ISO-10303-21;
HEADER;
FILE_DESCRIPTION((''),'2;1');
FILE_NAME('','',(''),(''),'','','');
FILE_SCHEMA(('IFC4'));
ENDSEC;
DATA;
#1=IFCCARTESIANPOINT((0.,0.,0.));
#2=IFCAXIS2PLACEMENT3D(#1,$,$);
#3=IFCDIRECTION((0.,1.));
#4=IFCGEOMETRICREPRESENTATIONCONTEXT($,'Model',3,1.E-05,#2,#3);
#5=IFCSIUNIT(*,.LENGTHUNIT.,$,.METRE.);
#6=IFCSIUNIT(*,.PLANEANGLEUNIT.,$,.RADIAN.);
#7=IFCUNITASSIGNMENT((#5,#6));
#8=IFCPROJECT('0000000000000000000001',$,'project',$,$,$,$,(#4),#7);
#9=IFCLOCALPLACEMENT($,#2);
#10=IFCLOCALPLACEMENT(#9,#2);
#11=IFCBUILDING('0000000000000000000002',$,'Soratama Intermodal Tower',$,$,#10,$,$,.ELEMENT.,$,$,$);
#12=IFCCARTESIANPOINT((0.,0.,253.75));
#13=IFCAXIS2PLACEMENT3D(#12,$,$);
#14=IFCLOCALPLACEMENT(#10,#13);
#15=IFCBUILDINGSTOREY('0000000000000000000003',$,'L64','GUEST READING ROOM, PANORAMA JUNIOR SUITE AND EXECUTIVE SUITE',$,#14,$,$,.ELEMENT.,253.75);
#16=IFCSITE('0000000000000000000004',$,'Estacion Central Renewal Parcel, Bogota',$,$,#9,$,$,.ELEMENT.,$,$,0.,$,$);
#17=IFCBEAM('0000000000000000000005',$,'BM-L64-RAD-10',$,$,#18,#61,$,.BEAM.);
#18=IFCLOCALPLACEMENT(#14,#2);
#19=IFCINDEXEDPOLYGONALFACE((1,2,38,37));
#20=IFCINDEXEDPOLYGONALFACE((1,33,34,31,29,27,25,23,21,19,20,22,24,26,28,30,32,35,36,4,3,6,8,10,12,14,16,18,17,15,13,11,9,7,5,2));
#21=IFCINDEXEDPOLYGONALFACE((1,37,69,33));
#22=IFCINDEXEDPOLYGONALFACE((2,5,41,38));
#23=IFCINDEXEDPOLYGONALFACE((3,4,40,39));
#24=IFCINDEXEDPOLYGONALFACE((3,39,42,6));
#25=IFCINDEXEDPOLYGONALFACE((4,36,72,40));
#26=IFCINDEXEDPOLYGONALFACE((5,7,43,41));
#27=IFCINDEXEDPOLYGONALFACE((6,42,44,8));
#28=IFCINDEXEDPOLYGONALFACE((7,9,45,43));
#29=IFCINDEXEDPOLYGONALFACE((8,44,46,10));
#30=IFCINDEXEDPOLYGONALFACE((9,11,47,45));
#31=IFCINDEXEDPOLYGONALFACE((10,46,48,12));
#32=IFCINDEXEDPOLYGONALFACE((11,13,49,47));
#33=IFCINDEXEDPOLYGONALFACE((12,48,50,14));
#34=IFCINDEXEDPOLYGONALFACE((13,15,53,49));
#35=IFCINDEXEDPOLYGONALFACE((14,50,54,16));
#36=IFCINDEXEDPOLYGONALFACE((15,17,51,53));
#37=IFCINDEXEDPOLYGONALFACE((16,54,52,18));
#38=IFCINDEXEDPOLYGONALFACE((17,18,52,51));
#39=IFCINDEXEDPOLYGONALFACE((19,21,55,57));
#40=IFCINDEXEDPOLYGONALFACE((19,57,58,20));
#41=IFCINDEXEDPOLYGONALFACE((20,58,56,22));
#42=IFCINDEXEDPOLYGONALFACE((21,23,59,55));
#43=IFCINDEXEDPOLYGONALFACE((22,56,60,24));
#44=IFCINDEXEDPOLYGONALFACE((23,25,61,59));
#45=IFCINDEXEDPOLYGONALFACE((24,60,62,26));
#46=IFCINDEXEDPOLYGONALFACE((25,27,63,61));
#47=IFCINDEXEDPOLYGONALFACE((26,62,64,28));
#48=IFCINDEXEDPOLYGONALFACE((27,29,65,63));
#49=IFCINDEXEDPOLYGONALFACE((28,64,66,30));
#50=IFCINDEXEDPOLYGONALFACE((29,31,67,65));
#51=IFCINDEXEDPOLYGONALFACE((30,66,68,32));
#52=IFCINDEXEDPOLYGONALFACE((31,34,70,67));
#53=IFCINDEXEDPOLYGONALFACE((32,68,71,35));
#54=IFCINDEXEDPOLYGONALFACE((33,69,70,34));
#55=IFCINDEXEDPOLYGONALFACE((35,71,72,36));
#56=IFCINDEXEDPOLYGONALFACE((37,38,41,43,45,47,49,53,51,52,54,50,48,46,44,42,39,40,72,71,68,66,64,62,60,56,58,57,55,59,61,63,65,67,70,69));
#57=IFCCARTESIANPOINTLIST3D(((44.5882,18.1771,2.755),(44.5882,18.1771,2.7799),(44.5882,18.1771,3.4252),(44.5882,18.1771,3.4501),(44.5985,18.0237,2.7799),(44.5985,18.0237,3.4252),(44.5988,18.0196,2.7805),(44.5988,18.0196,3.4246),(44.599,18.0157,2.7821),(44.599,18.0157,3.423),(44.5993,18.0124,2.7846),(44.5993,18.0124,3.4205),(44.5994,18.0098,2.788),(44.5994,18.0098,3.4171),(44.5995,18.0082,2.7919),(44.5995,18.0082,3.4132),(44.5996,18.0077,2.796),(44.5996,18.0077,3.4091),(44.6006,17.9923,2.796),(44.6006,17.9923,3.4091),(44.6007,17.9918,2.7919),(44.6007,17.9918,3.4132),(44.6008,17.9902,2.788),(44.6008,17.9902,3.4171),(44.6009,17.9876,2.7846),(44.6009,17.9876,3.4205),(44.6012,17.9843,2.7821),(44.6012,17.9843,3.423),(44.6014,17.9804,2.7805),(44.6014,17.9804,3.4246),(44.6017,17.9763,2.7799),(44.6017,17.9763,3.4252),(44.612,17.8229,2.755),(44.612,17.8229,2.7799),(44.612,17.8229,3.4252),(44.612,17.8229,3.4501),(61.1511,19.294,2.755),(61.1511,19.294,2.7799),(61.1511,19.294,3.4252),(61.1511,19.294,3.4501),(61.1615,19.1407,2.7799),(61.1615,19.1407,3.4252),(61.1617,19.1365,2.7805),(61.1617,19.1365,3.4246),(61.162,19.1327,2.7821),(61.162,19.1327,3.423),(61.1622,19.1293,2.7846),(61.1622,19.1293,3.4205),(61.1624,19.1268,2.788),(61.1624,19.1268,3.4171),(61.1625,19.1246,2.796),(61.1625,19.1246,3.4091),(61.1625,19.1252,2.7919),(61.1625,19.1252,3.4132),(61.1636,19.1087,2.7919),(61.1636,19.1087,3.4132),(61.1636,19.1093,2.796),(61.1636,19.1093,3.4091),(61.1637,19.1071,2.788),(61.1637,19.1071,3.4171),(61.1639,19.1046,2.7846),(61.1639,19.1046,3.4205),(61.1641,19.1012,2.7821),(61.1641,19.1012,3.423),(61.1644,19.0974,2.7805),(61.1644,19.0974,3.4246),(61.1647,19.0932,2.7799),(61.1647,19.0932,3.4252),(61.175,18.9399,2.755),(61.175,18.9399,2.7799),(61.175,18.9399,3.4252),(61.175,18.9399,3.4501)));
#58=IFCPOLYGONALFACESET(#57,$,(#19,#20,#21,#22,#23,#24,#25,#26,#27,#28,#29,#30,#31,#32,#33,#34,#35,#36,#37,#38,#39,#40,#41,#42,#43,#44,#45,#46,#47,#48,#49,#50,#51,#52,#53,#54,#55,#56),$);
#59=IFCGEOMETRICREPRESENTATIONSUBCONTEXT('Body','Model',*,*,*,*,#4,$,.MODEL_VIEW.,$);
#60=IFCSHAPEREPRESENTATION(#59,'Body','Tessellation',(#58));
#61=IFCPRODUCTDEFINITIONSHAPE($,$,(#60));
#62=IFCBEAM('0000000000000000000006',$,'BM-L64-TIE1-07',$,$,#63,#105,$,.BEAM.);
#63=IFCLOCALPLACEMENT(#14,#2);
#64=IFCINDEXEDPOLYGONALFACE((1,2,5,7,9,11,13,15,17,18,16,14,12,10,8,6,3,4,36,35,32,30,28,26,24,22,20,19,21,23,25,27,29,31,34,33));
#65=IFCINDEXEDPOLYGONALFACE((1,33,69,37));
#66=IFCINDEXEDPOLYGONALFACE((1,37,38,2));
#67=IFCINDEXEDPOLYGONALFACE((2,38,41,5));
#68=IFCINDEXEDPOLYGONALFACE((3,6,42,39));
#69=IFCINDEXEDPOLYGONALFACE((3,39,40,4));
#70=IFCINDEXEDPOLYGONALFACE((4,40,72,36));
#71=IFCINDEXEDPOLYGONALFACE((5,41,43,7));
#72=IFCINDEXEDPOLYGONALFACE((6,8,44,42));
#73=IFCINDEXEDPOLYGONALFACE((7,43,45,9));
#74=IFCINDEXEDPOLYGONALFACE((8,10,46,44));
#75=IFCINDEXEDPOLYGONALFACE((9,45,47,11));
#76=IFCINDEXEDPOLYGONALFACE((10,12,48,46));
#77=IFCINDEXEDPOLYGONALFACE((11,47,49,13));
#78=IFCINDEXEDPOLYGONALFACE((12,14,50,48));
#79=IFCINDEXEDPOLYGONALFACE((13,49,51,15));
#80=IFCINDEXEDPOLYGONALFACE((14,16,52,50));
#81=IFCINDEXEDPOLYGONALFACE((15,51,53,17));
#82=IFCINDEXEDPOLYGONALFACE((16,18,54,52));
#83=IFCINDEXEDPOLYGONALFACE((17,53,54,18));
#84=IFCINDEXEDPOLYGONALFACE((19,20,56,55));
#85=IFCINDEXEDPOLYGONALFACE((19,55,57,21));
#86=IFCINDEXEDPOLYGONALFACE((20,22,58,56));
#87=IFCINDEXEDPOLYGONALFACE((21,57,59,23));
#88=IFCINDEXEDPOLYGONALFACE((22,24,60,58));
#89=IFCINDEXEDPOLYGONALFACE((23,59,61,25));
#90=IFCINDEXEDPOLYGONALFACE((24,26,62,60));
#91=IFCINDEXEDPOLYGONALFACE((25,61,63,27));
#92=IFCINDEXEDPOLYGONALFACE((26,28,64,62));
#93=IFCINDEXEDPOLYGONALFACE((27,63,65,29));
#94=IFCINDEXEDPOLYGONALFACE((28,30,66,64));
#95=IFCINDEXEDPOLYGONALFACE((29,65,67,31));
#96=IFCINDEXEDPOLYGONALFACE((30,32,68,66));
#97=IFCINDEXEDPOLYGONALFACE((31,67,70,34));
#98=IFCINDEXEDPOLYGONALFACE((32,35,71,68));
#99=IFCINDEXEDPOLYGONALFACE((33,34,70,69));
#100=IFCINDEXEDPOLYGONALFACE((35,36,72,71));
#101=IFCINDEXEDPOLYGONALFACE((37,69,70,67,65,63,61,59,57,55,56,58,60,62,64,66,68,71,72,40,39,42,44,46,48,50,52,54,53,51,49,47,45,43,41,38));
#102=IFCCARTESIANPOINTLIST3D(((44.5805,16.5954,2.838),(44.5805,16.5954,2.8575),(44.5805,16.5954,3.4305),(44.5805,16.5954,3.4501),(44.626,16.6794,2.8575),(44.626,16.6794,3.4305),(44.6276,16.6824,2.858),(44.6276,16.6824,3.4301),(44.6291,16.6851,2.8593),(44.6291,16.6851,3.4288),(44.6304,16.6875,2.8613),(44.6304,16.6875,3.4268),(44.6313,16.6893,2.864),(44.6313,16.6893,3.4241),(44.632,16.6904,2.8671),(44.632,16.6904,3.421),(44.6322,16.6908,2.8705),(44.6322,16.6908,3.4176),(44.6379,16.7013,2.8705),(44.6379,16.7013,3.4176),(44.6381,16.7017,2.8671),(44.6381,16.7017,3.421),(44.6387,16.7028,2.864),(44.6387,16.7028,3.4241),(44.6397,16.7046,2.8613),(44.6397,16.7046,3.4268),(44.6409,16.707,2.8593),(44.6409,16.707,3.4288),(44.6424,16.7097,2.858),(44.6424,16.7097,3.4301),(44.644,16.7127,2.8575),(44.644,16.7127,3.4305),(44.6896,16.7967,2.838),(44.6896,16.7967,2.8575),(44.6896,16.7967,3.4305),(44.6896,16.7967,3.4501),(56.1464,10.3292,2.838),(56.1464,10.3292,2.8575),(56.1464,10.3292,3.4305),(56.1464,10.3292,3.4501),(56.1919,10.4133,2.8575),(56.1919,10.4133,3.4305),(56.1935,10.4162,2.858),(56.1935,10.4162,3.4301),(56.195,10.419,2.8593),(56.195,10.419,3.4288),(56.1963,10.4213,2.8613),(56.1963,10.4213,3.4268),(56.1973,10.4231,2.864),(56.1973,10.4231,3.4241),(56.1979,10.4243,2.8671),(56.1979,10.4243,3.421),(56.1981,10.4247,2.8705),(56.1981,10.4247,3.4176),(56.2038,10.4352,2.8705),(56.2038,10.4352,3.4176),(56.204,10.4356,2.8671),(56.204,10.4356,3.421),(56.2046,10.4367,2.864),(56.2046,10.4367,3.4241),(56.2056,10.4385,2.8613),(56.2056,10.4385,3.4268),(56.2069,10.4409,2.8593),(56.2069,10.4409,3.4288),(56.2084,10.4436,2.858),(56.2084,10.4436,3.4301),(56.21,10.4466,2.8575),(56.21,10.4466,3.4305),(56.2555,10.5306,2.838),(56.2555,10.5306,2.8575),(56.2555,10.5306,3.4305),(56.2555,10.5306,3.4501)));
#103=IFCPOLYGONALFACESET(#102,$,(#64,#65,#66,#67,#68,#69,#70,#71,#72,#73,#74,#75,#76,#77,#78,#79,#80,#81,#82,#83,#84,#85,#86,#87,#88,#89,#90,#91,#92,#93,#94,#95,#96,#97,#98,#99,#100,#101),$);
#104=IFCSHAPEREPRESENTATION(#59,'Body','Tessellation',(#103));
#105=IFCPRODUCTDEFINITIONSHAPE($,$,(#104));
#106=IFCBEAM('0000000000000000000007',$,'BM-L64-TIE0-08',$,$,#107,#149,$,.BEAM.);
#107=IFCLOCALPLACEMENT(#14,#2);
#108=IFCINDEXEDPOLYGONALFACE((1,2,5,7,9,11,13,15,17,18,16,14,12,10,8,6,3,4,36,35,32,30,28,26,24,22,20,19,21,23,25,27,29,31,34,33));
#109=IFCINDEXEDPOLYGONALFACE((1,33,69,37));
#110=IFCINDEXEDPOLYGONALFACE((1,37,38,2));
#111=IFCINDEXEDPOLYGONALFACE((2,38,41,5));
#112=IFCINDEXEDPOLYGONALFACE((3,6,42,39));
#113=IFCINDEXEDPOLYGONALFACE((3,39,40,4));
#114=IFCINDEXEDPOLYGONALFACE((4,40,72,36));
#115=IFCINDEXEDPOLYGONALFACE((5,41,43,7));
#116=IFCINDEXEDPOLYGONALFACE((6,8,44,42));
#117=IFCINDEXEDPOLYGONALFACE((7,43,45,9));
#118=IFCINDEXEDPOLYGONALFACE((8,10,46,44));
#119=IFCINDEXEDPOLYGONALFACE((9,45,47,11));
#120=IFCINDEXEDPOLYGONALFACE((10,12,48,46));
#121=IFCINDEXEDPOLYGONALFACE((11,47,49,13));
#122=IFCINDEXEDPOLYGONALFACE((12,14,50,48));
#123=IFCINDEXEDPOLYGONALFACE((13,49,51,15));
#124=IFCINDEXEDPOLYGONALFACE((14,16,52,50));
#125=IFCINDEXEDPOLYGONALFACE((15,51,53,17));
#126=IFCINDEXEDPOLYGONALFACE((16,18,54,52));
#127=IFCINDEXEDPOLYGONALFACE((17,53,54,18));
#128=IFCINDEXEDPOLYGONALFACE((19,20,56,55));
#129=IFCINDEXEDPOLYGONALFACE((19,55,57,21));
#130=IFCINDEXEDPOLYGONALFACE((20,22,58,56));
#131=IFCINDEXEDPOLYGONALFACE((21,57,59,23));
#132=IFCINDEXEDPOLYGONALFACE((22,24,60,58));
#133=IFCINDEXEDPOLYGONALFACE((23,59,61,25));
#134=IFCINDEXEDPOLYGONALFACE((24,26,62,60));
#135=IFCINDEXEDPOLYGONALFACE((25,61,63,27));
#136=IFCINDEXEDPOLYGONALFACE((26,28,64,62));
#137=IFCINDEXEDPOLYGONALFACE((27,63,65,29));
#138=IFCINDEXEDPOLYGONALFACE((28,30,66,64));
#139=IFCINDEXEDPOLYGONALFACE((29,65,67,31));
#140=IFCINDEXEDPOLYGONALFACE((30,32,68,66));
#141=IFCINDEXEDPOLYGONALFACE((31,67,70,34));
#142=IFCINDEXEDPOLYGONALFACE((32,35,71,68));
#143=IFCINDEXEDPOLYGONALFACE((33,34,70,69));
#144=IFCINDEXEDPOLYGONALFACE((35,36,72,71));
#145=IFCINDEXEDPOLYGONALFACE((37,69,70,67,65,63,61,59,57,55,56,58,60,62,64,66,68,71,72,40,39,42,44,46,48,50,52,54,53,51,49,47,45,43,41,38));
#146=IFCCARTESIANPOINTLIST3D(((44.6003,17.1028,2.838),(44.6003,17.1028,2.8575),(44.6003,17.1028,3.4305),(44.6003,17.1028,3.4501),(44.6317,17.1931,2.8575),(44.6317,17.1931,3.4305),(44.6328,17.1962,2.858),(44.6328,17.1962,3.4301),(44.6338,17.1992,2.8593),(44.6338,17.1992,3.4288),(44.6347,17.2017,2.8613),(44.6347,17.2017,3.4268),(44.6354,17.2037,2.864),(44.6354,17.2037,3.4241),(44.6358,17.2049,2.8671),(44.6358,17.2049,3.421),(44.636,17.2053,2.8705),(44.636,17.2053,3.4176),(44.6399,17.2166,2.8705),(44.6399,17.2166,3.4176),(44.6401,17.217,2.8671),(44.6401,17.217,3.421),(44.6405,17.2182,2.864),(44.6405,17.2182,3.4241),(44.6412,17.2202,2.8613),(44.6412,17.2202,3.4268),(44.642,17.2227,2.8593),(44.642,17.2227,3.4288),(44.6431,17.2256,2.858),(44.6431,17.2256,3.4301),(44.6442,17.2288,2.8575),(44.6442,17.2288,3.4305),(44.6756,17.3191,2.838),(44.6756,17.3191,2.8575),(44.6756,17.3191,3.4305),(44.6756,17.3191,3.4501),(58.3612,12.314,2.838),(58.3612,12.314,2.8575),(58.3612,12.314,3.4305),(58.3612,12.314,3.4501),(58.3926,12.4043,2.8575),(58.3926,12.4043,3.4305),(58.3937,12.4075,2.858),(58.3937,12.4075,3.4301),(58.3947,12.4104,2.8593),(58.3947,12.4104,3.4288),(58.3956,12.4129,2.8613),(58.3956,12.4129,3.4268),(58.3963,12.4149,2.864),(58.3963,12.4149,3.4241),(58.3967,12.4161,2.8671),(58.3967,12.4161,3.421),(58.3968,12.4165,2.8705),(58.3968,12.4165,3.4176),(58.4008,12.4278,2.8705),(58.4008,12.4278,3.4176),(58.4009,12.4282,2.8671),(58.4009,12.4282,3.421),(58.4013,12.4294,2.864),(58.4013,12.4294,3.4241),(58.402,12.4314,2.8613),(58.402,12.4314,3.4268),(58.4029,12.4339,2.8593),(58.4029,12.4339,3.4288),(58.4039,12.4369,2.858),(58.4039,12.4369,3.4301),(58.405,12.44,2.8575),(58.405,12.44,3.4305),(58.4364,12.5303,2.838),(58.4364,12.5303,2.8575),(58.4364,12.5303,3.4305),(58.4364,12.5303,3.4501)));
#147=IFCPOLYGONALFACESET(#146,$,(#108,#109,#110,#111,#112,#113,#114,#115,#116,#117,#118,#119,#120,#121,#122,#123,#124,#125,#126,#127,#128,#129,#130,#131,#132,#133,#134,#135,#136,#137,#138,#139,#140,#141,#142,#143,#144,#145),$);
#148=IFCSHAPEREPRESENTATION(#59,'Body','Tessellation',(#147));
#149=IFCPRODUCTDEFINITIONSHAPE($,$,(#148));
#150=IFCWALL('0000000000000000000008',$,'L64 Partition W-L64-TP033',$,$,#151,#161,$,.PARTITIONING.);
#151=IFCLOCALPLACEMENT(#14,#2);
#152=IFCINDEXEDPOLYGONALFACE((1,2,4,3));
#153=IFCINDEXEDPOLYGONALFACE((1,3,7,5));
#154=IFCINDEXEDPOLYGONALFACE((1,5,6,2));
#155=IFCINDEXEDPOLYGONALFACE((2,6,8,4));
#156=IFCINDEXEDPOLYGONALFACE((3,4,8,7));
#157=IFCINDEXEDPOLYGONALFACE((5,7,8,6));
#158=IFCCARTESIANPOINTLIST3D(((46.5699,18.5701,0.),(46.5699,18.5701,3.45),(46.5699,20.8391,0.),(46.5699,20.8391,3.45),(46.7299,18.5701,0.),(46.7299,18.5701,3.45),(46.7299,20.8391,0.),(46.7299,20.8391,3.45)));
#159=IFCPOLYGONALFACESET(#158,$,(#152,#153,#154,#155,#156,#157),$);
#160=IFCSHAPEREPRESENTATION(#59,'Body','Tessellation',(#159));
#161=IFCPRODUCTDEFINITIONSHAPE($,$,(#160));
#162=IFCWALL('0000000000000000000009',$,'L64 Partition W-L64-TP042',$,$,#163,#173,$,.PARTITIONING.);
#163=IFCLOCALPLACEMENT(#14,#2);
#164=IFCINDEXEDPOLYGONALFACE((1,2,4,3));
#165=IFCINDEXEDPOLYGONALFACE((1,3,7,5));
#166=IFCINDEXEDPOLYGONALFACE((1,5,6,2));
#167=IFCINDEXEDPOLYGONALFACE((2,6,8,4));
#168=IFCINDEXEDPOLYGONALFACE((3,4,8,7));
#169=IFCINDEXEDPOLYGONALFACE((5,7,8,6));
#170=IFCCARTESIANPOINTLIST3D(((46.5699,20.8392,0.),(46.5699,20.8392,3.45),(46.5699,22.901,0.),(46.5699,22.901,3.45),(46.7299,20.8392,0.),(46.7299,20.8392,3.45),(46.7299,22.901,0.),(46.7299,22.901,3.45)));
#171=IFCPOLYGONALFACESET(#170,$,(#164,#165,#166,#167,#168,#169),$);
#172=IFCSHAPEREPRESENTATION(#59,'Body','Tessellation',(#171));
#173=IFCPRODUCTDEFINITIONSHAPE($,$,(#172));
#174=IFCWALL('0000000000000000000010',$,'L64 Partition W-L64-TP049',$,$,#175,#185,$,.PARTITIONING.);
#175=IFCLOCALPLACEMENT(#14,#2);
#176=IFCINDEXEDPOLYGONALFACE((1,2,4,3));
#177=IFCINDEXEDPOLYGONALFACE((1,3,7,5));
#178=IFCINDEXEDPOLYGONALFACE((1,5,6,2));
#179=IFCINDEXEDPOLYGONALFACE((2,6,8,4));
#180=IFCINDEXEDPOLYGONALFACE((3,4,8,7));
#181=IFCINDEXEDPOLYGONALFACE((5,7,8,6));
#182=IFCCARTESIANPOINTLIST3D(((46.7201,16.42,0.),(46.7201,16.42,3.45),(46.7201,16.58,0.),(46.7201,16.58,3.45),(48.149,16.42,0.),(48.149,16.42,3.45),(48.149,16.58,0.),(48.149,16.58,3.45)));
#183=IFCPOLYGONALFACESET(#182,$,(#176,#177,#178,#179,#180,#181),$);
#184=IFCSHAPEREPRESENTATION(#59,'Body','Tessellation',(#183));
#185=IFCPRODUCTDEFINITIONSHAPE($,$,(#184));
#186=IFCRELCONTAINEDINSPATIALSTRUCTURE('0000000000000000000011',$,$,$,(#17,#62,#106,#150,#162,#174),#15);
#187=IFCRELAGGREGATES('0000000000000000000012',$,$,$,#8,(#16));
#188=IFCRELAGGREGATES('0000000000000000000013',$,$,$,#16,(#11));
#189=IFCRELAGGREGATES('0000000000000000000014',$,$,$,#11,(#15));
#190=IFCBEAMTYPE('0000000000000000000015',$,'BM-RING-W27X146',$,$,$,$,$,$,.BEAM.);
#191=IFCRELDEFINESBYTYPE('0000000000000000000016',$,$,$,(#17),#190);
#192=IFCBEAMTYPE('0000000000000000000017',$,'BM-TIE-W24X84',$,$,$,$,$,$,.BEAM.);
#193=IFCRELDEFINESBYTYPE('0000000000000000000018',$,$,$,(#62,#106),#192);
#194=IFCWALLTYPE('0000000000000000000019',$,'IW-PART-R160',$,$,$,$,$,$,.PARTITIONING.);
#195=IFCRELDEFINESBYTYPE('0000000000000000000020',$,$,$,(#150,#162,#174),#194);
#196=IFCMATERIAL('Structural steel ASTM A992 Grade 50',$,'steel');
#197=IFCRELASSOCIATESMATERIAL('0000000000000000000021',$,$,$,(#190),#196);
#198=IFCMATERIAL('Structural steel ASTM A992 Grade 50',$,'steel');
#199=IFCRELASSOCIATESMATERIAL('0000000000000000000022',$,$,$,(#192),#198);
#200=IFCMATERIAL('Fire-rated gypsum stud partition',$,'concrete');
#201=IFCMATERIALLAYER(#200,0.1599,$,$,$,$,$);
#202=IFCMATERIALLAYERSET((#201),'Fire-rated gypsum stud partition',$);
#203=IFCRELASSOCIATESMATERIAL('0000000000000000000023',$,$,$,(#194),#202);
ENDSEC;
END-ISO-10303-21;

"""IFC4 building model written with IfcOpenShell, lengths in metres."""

from ifc_helpers import new_model, si_unit, direction, frame, frame_2d, origin, origin_2d, place, context, subcontext, project, spatial, rectangle, i_section, extrude, material, layer, layer_set, material_profile, profile_set, type_object, element, save


model = new_model("IFC4")

# Units and contexts
model_context = context("Model", 3, precision=1e-05, world=origin(), true_north=direction((0.0, 1.0)))
body_context = subcontext(model_context, "Body", "Model", "MODEL_VIEW")
ifc_project = project(units=[si_unit("LENGTHUNIT", "METRE"), si_unit("PLANEANGLEUNIT", "RADIAN")], contexts=[model_context])

# Site, building, storey
site_placement = place(None, origin())
site = spatial("IfcSite", under=ifc_project, at=site_placement, Name="Estacion Central Renewal Parcel, Bogota", CompositionType="ELEMENT", RefElevation=0.0)
building_placement = place(site_placement, origin())
building = spatial("IfcBuilding", under=site, at=building_placement, Name="Soratama Intermodal Tower", CompositionType="ELEMENT")
storey_placement = place(building_placement, frame((0.0, 0.0, 253.75)))
storey = spatial("IfcBuildingStorey", under=building, at=storey_placement, Name="L64", Description="GUEST READING ROOM, PANORAMA JUNIOR SUITE AND EXECUTIVE SUITE", CompositionType="ELEMENT", Elevation=253.75)

# Beams
ifc_material_1 = material(Name="Structural steel ASTM A992 Grade 50", Category="steel")
ifc_material_profile_1 = material_profile(ifc_material_1, i_section(OverallWidth=0.355, OverallDepth=0.6951, WebThickness=0.0154, FlangeThickness=0.0249, FilletRadius=0.0161, at=origin_2d()), Name="W27X146")
ifc_profile_set_1 = profile_set([ifc_material_profile_1], Name="Structural steel ASTM A992 Grade 50")
beam_type_1 = type_object("IfcBeamType", Name="BM-RING-W27X146", PredefinedType="BEAM", material=ifc_profile_set_1)
beam_1_placement = place(storey_placement, frame((44.6001, 18.0, 3.1025), z_axis=(0.997734, 0.067283, 0.0), x_axis=(-0.067283, 0.997734, 0.0)))
element("IfcBeam", 1, at=beam_1_placement, inside=storey, type_object=beam_type_1, Name="BM-L64-RAD-10", PredefinedType="BEAM", context=body_context, shape_type="SweptSolid", body=[
    extrude(i_section(OverallWidth=0.355, OverallDepth=0.6951, WebThickness=0.0154, FlangeThickness=0.0249, FilletRadius=0.0161, at=origin_2d()), origin(), (0.0, 0.0, 1.0), 16.6006),
])
ifc_material_2 = material(Name="Structural steel ASTM A992 Grade 50", Category="steel")
ifc_material_profile_2 = material_profile(ifc_material_2, i_section(OverallWidth=0.229, OverallDepth=0.6121, WebThickness=0.012, FlangeThickness=0.0195, FilletRadius=0.0129, at=origin_2d()), Name="W24X84")
ifc_profile_set_2 = profile_set([ifc_material_profile_2], Name="Structural steel ASTM A992 Grade 50")
beam_type_2 = type_object("IfcBeamType", Name="BM-TIE-W24X84", PredefinedType="BEAM", material=ifc_profile_set_2)
beam_2_placement = place(storey_placement, frame((44.635, 16.696, 3.144), z_axis=(0.879252, -0.476356, 0.0), x_axis=(0.476356, 0.879252, 0.0)))
element("IfcBeam", 2, at=beam_2_placement, inside=storey, type_object=beam_type_2, Name="BM-L64-TIE1-07", PredefinedType="BEAM", context=body_context, shape_type="SweptSolid", body=[
    extrude(i_section(OverallWidth=0.229, OverallDepth=0.6121, WebThickness=0.012, FlangeThickness=0.0195, FilletRadius=0.0129, at=origin_2d()), origin(), (0.0, 0.0, 1.0), 13.1543),
])
beam_3_placement = place(storey_placement, frame((44.6379, 17.2109, 3.144), z_axis=(0.944446, -0.328667, 0.0), x_axis=(0.328667, 0.944446, 0.0)))
element("IfcBeam", 3, at=beam_3_placement, inside=storey, type_object=beam_type_2, Name="BM-L64-TIE0-08", PredefinedType="BEAM", context=body_context, shape_type="SweptSolid", body=[
    extrude(i_section(OverallWidth=0.229, OverallDepth=0.6121, WebThickness=0.012, FlangeThickness=0.0195, FilletRadius=0.0129, at=origin_2d()), origin(), (0.0, 0.0, 1.0), 14.5703),
])

# Shared definitions
ifc_material_3 = material(Name="Fire-rated gypsum stud partition", Category="concrete")
ifc_layer_1 = layer(ifc_material_3, 0.1599)
ifc_layer_set_1 = layer_set([ifc_layer_1], Name="Fire-rated gypsum stud partition")
wall_type_1 = type_object("IfcWallType", Name="IW-PART-R160", PredefinedType="PARTITIONING", material=ifc_layer_set_1)

# Walls
wall_1_placement = place(storey_placement, frame((46.6499, 20.8391, 0.0), z_axis=(0.0, 0.0, 1.0), x_axis=(0.0, -1.0, 0.0)))
element("IfcWall", 4, at=wall_1_placement, inside=storey, type_object=wall_type_1, Name="L64 Partition W-L64-TP033", PredefinedType="PARTITIONING", context=body_context, shape_type="SweptSolid", body=[
    extrude(rectangle(XDim=2.269, YDim=0.1599, at=frame_2d((1.1345, 0.0))), origin(), (0.0, 0.0, 1.0), 3.45),
])
wall_2_placement = place(storey_placement, frame((46.6499, 22.9009, 0.0), z_axis=(0.0, 0.0, 1.0), x_axis=(0.0, -1.0, 0.0)))
element("IfcWall", 5, at=wall_2_placement, inside=storey, type_object=wall_type_1, Name="L64 Partition W-L64-TP042", PredefinedType="PARTITIONING", context=body_context, shape_type="SweptSolid", body=[
    extrude(rectangle(XDim=2.0618, YDim=0.1599, at=frame_2d((1.0308, 0.0))), origin(), (0.0, 0.0, 1.0), 3.45),
])

# Wall
wall_3_placement = place(storey_placement, frame((48.1489, 16.5, 0.0), z_axis=(0.0, 0.0, 1.0), x_axis=(-1.0, 0.0, 0.0)))
element("IfcWall", 6, at=wall_3_placement, inside=storey, type_object=wall_type_1, Name="L64 Partition W-L64-TP049", PredefinedType="PARTITIONING", context=body_context, shape_type="SweptSolid", body=[
    extrude(rectangle(XDim=1.429, YDim=0.1599, at=frame_2d((0.7144, 0.0))), origin(), (0.0, 0.0, 1.0), 3.45),
])

save(model, "model.ifc")
